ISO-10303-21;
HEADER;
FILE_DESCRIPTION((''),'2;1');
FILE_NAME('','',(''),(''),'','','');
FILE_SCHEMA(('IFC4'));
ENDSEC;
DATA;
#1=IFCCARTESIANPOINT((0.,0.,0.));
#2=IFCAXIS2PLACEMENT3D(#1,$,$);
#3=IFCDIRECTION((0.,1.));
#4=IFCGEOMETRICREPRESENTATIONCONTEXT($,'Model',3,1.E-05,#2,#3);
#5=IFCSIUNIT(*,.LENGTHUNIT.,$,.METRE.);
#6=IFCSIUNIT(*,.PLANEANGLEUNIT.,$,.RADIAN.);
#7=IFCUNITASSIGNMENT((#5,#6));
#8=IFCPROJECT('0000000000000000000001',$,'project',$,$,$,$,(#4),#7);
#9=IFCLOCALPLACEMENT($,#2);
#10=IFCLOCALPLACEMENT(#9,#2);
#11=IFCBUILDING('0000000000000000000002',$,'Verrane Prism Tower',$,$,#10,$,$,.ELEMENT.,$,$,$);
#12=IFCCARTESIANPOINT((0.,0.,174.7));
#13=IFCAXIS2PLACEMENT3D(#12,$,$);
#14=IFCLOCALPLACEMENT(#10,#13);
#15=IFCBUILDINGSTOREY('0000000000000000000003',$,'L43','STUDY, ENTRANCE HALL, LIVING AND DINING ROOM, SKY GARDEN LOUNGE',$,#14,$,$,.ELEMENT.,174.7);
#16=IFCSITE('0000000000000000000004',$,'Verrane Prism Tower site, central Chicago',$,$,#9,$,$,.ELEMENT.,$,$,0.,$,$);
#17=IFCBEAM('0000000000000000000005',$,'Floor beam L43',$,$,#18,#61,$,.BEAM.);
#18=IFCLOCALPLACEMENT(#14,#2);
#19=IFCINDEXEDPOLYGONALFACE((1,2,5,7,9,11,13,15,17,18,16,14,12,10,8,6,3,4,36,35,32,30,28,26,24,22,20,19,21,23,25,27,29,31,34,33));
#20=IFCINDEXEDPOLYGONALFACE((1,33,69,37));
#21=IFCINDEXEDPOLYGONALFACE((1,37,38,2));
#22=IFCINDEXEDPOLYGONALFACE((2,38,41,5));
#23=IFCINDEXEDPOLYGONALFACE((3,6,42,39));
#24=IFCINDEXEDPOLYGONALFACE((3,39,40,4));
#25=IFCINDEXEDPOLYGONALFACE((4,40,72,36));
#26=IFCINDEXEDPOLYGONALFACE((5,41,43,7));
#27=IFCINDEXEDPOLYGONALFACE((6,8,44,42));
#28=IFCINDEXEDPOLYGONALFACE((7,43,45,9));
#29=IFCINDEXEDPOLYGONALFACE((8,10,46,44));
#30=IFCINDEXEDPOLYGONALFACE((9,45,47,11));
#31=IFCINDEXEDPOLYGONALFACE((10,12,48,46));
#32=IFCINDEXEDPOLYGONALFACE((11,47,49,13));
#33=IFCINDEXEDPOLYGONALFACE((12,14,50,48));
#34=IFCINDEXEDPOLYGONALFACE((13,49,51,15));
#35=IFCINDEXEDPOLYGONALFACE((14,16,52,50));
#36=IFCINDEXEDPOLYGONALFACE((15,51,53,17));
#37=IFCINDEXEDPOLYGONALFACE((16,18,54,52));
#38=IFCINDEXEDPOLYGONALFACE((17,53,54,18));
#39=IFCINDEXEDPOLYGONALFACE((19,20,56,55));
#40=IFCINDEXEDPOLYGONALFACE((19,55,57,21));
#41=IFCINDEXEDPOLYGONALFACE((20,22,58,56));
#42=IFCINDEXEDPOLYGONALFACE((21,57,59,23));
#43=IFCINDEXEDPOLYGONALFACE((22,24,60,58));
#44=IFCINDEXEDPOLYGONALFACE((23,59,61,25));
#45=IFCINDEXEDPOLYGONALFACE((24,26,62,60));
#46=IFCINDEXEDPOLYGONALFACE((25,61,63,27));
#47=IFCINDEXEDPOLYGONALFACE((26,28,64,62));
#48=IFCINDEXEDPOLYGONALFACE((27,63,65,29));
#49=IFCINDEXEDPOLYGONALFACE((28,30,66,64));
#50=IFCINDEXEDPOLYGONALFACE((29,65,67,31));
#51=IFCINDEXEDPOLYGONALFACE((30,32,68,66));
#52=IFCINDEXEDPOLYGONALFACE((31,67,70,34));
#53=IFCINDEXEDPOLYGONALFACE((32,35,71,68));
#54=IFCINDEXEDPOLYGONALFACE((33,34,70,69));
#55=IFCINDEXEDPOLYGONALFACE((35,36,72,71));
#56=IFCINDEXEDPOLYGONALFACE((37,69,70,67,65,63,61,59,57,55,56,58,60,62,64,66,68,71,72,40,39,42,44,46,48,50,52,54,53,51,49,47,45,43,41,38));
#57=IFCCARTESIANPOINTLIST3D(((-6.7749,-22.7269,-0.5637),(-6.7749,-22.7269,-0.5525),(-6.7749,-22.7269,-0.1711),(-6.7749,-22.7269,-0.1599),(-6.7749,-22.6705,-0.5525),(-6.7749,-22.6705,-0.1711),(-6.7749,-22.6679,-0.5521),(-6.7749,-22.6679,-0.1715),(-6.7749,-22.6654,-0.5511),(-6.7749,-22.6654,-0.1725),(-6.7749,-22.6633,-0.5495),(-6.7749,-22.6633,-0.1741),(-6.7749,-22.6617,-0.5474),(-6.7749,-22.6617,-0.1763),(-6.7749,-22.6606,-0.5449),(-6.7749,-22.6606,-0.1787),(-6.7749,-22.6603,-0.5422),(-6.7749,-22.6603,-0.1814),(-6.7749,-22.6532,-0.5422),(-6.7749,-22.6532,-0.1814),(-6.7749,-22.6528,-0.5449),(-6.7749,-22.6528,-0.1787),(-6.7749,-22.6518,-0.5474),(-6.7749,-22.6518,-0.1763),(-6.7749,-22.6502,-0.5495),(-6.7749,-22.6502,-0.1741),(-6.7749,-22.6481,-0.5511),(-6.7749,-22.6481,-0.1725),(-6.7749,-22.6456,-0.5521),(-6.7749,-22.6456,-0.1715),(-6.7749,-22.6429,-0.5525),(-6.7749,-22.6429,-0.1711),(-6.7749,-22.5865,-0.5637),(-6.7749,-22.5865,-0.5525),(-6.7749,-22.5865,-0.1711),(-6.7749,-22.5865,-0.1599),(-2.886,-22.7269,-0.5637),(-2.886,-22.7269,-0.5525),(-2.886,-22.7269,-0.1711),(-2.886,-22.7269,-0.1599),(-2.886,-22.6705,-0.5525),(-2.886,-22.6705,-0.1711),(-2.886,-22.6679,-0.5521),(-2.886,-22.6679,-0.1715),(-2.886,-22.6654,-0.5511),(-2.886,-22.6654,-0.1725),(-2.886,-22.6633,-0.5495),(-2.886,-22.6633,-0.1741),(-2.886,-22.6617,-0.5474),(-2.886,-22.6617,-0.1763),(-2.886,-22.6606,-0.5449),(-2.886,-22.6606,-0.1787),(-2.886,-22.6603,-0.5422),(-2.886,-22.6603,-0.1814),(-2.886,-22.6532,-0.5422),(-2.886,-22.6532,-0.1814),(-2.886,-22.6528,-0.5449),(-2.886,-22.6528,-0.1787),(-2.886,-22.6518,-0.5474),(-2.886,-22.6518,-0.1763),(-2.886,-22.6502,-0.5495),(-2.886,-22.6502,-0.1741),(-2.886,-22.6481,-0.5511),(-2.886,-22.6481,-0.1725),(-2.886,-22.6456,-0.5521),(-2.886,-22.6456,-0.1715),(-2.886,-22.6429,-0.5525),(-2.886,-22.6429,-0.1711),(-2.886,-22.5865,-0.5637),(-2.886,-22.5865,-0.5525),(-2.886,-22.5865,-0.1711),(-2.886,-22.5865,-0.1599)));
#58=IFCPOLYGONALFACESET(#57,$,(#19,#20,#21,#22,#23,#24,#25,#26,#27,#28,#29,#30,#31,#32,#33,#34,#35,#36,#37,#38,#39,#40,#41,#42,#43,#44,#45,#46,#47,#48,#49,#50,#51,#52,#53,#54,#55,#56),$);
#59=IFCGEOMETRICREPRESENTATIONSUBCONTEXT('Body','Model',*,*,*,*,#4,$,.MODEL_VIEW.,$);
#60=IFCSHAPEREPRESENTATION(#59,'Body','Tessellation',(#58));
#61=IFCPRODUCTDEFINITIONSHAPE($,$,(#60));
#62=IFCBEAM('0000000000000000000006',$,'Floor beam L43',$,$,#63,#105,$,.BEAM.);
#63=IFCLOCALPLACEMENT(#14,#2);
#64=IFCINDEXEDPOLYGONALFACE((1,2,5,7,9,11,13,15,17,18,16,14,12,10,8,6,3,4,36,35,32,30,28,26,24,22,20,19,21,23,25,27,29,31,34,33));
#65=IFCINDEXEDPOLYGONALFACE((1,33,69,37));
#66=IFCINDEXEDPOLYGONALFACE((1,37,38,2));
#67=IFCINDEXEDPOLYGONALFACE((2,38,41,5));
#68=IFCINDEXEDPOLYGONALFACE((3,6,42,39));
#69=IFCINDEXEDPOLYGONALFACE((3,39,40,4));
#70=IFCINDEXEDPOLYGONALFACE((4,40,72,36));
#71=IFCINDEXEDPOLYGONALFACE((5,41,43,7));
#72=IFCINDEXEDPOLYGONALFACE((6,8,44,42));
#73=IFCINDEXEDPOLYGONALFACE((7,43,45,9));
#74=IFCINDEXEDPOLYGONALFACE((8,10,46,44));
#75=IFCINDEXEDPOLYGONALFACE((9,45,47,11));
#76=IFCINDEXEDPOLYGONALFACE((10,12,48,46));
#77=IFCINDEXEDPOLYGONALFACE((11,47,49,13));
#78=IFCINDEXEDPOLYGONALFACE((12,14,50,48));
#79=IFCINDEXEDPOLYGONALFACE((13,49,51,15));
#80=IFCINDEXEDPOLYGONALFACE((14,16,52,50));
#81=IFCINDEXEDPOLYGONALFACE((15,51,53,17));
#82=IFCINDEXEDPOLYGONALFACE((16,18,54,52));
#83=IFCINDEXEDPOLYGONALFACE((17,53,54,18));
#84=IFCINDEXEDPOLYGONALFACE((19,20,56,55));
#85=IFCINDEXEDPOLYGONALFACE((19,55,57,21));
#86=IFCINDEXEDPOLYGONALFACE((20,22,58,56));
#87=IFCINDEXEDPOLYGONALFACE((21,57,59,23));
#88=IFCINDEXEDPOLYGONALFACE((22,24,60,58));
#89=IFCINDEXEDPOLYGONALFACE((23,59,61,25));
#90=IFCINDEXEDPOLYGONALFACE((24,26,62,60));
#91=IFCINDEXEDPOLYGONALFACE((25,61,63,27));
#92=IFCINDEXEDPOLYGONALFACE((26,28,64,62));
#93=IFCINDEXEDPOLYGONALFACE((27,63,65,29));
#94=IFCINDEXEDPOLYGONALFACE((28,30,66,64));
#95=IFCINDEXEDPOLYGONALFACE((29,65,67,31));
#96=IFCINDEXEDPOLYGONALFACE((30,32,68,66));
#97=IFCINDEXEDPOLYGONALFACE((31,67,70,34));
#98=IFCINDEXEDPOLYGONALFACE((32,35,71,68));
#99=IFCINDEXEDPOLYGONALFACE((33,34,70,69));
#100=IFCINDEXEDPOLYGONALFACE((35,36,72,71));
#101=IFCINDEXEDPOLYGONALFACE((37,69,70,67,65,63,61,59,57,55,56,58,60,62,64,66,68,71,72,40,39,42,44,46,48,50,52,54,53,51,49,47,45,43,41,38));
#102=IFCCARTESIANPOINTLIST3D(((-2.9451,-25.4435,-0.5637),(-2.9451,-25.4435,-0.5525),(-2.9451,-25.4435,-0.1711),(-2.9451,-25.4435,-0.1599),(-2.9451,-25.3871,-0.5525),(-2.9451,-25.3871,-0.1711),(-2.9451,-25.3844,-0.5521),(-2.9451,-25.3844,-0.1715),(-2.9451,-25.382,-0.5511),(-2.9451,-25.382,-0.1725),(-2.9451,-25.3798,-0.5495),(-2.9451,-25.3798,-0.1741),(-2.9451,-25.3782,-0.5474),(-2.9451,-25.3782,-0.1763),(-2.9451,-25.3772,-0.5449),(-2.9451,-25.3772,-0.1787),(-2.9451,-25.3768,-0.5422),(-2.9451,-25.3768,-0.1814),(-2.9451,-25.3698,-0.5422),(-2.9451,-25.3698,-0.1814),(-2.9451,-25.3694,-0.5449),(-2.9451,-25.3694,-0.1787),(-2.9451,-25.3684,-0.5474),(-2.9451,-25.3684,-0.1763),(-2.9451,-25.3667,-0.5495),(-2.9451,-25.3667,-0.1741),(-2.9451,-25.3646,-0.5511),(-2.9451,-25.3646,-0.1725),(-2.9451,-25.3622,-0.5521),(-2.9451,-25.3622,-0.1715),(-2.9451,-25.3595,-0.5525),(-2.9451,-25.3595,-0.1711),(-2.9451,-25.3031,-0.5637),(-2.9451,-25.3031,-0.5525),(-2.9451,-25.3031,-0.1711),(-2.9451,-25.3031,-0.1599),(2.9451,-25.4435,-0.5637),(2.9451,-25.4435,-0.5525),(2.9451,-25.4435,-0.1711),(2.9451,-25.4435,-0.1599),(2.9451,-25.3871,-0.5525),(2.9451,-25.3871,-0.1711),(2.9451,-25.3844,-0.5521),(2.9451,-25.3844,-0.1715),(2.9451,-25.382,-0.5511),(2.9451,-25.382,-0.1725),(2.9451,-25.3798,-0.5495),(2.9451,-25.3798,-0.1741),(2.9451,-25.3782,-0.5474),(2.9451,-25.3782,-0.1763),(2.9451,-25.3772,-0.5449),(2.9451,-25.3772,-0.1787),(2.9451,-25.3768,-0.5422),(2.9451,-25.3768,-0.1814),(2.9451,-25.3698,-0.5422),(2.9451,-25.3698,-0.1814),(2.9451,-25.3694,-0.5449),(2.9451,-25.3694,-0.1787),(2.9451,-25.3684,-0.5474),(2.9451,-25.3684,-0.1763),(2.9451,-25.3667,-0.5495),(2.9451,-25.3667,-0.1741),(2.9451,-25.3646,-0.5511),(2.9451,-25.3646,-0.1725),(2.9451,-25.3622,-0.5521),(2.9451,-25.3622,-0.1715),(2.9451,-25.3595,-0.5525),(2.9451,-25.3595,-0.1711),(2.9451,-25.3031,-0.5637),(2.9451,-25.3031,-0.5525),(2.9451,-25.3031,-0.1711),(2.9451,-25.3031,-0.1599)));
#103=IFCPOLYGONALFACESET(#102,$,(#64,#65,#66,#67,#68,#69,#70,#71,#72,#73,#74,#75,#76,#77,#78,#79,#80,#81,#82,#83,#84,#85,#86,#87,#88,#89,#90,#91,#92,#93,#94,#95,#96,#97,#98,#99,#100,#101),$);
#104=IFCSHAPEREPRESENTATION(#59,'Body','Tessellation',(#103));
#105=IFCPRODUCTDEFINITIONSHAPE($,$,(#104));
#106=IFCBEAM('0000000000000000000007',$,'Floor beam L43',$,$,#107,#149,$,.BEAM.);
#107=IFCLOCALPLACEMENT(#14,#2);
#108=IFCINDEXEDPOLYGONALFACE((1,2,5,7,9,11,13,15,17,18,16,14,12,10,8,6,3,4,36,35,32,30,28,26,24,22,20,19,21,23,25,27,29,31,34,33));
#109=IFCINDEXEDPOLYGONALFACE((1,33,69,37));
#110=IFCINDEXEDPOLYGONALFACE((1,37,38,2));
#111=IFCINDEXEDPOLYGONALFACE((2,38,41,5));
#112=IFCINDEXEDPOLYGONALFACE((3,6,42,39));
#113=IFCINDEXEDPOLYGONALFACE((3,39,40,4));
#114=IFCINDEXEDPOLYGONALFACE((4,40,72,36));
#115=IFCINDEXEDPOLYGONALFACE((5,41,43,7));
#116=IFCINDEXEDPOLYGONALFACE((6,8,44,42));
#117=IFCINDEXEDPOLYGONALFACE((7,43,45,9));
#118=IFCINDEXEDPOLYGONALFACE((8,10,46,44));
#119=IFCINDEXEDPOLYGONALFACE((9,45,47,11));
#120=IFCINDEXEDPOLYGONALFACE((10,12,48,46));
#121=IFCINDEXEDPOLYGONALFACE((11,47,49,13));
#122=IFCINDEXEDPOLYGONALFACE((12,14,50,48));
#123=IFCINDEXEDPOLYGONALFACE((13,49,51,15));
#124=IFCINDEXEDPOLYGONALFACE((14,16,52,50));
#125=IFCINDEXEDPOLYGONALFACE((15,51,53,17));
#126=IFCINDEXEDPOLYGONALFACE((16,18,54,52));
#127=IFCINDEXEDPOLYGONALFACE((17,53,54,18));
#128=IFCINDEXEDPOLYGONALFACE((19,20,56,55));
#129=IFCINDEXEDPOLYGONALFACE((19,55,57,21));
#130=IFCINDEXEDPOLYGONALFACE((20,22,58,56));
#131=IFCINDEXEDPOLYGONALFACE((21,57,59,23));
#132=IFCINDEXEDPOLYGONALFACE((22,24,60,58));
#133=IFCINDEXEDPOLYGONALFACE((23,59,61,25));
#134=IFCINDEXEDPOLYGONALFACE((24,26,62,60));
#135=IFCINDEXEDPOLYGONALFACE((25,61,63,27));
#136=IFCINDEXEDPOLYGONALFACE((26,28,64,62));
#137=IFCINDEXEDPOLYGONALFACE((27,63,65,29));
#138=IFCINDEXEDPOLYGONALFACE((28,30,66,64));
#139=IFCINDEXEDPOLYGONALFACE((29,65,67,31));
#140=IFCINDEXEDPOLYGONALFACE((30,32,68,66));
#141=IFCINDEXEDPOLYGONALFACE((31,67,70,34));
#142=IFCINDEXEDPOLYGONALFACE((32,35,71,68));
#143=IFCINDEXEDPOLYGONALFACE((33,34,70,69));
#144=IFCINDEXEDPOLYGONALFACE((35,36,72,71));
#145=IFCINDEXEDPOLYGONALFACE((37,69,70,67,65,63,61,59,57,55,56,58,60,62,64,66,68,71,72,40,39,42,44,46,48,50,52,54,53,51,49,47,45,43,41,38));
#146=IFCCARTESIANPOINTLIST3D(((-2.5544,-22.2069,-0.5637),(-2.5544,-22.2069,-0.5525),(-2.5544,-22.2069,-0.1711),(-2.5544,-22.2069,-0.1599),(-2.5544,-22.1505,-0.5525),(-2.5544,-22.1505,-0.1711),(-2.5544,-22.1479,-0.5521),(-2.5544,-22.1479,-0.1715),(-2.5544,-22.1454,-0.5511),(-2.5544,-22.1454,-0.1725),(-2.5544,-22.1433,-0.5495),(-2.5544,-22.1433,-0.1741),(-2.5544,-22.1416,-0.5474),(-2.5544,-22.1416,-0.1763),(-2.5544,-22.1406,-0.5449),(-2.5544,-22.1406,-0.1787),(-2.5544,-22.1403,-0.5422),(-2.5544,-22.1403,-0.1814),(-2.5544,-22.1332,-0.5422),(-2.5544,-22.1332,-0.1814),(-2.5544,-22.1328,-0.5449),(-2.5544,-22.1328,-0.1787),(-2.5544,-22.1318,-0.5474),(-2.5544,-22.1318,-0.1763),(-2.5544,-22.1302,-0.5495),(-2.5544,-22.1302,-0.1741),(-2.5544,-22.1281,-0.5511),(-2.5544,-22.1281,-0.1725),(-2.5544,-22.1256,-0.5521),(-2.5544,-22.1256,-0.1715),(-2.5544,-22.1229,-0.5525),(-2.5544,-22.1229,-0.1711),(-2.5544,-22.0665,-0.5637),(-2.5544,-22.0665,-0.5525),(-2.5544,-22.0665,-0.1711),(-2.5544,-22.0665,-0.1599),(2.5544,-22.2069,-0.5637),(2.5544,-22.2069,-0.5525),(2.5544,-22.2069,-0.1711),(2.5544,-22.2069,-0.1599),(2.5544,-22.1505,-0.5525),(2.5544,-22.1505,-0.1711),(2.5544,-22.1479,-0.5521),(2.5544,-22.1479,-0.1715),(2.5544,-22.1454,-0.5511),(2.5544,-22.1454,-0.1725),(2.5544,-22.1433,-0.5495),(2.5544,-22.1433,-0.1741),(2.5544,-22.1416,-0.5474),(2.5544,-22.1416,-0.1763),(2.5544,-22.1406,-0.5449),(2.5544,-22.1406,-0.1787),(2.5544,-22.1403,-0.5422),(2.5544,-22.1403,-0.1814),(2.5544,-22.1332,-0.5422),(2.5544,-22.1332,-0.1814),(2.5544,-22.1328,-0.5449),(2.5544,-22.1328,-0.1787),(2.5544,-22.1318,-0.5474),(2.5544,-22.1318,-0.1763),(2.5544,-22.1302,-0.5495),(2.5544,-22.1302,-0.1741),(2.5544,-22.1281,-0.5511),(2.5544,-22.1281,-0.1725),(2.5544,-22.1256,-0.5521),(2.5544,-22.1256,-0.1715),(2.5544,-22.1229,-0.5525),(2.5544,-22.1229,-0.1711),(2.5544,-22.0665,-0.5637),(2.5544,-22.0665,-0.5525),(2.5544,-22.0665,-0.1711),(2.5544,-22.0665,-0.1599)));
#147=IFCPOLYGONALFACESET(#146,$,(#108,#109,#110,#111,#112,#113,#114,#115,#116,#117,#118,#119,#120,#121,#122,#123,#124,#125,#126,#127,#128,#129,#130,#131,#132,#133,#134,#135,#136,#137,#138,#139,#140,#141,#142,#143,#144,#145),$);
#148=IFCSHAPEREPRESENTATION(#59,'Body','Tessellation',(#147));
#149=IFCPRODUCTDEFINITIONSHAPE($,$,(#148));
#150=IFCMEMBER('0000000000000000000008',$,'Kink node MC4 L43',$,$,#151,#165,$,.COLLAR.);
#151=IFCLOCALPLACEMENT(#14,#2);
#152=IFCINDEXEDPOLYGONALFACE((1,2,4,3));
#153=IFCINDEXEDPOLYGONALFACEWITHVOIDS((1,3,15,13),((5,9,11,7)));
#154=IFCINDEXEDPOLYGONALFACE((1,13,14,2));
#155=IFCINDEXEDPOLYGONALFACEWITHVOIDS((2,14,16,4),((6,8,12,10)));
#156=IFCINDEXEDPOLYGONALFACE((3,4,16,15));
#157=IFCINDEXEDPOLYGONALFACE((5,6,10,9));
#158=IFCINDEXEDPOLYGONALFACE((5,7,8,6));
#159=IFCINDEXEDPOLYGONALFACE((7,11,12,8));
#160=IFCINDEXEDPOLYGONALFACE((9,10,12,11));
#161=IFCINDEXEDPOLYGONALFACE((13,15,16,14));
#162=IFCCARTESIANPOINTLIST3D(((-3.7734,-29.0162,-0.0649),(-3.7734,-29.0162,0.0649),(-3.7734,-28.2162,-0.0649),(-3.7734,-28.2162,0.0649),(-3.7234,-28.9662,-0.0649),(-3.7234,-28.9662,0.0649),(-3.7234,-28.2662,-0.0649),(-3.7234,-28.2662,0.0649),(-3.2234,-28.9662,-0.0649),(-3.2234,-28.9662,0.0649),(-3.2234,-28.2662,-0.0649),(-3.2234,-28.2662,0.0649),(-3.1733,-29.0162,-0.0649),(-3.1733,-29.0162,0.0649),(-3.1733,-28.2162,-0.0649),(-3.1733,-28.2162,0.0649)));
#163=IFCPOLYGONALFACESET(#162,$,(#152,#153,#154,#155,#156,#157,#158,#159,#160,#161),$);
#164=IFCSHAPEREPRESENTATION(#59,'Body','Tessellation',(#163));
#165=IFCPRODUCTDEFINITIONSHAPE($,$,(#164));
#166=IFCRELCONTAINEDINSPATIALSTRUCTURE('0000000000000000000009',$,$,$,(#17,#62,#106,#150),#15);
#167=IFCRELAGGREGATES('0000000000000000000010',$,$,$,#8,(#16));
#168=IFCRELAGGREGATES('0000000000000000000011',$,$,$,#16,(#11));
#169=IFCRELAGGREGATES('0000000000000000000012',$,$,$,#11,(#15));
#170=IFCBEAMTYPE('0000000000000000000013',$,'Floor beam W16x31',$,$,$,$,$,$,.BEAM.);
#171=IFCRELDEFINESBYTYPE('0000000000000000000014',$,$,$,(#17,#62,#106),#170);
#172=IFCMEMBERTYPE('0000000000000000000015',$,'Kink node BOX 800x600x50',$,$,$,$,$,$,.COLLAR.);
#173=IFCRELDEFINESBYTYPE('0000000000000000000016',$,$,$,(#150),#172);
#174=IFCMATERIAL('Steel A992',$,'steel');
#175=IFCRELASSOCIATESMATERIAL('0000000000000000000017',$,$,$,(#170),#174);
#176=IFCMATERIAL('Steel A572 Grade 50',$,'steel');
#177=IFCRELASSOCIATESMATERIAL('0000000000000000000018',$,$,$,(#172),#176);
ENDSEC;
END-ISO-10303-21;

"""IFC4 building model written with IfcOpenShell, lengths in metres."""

from ifc_helpers import new_model, si_unit, direction, frame, origin, origin_2d, place, context, subcontext, project, spatial, hollow_rectangle, i_section, extrude, material, material_profile, profile_set, type_object, element, save


model = new_model("IFC4")

# Units and contexts
model_context = context("Model", 3, precision=1e-05, world=origin(), true_north=direction((0.0, 1.0)))
body_context = subcontext(model_context, "Body", "Model", "MODEL_VIEW")
ifc_project = project(units=[si_unit("LENGTHUNIT", "METRE"), si_unit("PLANEANGLEUNIT", "RADIAN")], contexts=[model_context])

# Site, building, storey
site_placement = place(None, origin())
site = spatial("IfcSite", under=ifc_project, at=site_placement, Name="Verrane Prism Tower site, central Chicago", CompositionType="ELEMENT", RefElevation=0.0)
building_placement = place(site_placement, origin())
building = spatial("IfcBuilding", under=site, at=building_placement, Name="Verrane Prism Tower", CompositionType="ELEMENT")
storey_placement = place(building_placement, frame((0.0, 0.0, 174.7)))
storey = spatial("IfcBuildingStorey", under=building, at=storey_placement, Name="L43", Description="STUDY, ENTRANCE HALL, LIVING AND DINING ROOM, SKY GARDEN LOUNGE", CompositionType="ELEMENT", Elevation=174.7)

# Beams
ifc_material_1 = material(Name="Steel A992", Category="steel")
ifc_material_profile_1 = material_profile(ifc_material_1, i_section(OverallWidth=0.1404, OverallDepth=0.4038, WebThickness=0.0071, FlangeThickness=0.0112, FilletRadius=0.0103, at=origin_2d()), Name="W16x31")
ifc_profile_set_1 = profile_set([ifc_material_profile_1], Name="Steel A992")
beam_type_1 = type_object("IfcBeamType", Name="Floor beam W16x31", PredefinedType="BEAM", material=ifc_profile_set_1)
beam_1_placement = place(storey_placement, frame((-6.7749, -22.6567, -0.3618), z_axis=(1.0, 0.0, 0.0), x_axis=(0.0, 1.0, 0.0)))
element("IfcBeam", 1, at=beam_1_placement, inside=storey, type_object=beam_type_1, Name="Floor beam L43", PredefinedType="BEAM", context=body_context, shape_type="SweptSolid", body=[
    extrude(i_section(OverallWidth=0.1404, OverallDepth=0.4038, WebThickness=0.0071, FlangeThickness=0.0112, FilletRadius=0.0103, at=origin_2d()), origin(), (0.0, 0.0, 1.0), 3.8889),
])
beam_2_placement = place(storey_placement, frame((-2.9451, -25.3733, -0.3618), z_axis=(1.0, 0.0, 0.0), x_axis=(0.0, 1.0, 0.0)))
element("IfcBeam", 2, at=beam_2_placement, inside=storey, type_object=beam_type_1, Name="Floor beam L43", PredefinedType="BEAM", context=body_context, shape_type="SweptSolid", body=[
    extrude(i_section(OverallWidth=0.1404, OverallDepth=0.4038, WebThickness=0.0071, FlangeThickness=0.0112, FilletRadius=0.0103, at=origin_2d()), origin(), (0.0, 0.0, 1.0), 5.8901),
])
beam_3_placement = place(storey_placement, frame((-2.5544, -22.1367, -0.3618), z_axis=(1.0, 0.0, 0.0), x_axis=(0.0, 1.0, 0.0)))
element("IfcBeam", 3, at=beam_3_placement, inside=storey, type_object=beam_type_1, Name="Floor beam L43", PredefinedType="BEAM", context=body_context, shape_type="SweptSolid", body=[
    extrude(i_section(OverallWidth=0.1404, OverallDepth=0.4038, WebThickness=0.0071, FlangeThickness=0.0112, FilletRadius=0.0103, at=origin_2d()), origin(), (0.0, 0.0, 1.0), 5.1089),
])

# Member
ifc_material_2 = material(Name="Steel A572 Grade 50", Category="steel")
ifc_material_profile_2 = material_profile(ifc_material_2, hollow_rectangle(XDim=0.6001, YDim=0.8, WallThickness=0.05, at=origin_2d()), Name="BOX 800x600x50")
ifc_profile_set_2 = profile_set([ifc_material_profile_2], Name="Steel A572 Grade 50")
member_type_1 = type_object("IfcMemberType", Name="Kink node BOX 800x600x50", PredefinedType="COLLAR", material=ifc_profile_set_2)
member_1_placement = place(storey_placement, frame((-3.4734, -28.6162, -0.0649), z_axis=(0.0, 0.0, 1.0), x_axis=(-1.0, 0.0, 0.0)))
element("IfcMember", 4, at=member_1_placement, inside=storey, type_object=member_type_1, Name="Kink node MC4 L43", PredefinedType="COLLAR", context=body_context, shape_type="SweptSolid", body=[
    extrude(hollow_rectangle(XDim=0.6001, YDim=0.8, WallThickness=0.05, at=origin_2d()), origin(), (0.0, 0.0, 1.0), 0.1299),
])

save(model, "model.ifc")
